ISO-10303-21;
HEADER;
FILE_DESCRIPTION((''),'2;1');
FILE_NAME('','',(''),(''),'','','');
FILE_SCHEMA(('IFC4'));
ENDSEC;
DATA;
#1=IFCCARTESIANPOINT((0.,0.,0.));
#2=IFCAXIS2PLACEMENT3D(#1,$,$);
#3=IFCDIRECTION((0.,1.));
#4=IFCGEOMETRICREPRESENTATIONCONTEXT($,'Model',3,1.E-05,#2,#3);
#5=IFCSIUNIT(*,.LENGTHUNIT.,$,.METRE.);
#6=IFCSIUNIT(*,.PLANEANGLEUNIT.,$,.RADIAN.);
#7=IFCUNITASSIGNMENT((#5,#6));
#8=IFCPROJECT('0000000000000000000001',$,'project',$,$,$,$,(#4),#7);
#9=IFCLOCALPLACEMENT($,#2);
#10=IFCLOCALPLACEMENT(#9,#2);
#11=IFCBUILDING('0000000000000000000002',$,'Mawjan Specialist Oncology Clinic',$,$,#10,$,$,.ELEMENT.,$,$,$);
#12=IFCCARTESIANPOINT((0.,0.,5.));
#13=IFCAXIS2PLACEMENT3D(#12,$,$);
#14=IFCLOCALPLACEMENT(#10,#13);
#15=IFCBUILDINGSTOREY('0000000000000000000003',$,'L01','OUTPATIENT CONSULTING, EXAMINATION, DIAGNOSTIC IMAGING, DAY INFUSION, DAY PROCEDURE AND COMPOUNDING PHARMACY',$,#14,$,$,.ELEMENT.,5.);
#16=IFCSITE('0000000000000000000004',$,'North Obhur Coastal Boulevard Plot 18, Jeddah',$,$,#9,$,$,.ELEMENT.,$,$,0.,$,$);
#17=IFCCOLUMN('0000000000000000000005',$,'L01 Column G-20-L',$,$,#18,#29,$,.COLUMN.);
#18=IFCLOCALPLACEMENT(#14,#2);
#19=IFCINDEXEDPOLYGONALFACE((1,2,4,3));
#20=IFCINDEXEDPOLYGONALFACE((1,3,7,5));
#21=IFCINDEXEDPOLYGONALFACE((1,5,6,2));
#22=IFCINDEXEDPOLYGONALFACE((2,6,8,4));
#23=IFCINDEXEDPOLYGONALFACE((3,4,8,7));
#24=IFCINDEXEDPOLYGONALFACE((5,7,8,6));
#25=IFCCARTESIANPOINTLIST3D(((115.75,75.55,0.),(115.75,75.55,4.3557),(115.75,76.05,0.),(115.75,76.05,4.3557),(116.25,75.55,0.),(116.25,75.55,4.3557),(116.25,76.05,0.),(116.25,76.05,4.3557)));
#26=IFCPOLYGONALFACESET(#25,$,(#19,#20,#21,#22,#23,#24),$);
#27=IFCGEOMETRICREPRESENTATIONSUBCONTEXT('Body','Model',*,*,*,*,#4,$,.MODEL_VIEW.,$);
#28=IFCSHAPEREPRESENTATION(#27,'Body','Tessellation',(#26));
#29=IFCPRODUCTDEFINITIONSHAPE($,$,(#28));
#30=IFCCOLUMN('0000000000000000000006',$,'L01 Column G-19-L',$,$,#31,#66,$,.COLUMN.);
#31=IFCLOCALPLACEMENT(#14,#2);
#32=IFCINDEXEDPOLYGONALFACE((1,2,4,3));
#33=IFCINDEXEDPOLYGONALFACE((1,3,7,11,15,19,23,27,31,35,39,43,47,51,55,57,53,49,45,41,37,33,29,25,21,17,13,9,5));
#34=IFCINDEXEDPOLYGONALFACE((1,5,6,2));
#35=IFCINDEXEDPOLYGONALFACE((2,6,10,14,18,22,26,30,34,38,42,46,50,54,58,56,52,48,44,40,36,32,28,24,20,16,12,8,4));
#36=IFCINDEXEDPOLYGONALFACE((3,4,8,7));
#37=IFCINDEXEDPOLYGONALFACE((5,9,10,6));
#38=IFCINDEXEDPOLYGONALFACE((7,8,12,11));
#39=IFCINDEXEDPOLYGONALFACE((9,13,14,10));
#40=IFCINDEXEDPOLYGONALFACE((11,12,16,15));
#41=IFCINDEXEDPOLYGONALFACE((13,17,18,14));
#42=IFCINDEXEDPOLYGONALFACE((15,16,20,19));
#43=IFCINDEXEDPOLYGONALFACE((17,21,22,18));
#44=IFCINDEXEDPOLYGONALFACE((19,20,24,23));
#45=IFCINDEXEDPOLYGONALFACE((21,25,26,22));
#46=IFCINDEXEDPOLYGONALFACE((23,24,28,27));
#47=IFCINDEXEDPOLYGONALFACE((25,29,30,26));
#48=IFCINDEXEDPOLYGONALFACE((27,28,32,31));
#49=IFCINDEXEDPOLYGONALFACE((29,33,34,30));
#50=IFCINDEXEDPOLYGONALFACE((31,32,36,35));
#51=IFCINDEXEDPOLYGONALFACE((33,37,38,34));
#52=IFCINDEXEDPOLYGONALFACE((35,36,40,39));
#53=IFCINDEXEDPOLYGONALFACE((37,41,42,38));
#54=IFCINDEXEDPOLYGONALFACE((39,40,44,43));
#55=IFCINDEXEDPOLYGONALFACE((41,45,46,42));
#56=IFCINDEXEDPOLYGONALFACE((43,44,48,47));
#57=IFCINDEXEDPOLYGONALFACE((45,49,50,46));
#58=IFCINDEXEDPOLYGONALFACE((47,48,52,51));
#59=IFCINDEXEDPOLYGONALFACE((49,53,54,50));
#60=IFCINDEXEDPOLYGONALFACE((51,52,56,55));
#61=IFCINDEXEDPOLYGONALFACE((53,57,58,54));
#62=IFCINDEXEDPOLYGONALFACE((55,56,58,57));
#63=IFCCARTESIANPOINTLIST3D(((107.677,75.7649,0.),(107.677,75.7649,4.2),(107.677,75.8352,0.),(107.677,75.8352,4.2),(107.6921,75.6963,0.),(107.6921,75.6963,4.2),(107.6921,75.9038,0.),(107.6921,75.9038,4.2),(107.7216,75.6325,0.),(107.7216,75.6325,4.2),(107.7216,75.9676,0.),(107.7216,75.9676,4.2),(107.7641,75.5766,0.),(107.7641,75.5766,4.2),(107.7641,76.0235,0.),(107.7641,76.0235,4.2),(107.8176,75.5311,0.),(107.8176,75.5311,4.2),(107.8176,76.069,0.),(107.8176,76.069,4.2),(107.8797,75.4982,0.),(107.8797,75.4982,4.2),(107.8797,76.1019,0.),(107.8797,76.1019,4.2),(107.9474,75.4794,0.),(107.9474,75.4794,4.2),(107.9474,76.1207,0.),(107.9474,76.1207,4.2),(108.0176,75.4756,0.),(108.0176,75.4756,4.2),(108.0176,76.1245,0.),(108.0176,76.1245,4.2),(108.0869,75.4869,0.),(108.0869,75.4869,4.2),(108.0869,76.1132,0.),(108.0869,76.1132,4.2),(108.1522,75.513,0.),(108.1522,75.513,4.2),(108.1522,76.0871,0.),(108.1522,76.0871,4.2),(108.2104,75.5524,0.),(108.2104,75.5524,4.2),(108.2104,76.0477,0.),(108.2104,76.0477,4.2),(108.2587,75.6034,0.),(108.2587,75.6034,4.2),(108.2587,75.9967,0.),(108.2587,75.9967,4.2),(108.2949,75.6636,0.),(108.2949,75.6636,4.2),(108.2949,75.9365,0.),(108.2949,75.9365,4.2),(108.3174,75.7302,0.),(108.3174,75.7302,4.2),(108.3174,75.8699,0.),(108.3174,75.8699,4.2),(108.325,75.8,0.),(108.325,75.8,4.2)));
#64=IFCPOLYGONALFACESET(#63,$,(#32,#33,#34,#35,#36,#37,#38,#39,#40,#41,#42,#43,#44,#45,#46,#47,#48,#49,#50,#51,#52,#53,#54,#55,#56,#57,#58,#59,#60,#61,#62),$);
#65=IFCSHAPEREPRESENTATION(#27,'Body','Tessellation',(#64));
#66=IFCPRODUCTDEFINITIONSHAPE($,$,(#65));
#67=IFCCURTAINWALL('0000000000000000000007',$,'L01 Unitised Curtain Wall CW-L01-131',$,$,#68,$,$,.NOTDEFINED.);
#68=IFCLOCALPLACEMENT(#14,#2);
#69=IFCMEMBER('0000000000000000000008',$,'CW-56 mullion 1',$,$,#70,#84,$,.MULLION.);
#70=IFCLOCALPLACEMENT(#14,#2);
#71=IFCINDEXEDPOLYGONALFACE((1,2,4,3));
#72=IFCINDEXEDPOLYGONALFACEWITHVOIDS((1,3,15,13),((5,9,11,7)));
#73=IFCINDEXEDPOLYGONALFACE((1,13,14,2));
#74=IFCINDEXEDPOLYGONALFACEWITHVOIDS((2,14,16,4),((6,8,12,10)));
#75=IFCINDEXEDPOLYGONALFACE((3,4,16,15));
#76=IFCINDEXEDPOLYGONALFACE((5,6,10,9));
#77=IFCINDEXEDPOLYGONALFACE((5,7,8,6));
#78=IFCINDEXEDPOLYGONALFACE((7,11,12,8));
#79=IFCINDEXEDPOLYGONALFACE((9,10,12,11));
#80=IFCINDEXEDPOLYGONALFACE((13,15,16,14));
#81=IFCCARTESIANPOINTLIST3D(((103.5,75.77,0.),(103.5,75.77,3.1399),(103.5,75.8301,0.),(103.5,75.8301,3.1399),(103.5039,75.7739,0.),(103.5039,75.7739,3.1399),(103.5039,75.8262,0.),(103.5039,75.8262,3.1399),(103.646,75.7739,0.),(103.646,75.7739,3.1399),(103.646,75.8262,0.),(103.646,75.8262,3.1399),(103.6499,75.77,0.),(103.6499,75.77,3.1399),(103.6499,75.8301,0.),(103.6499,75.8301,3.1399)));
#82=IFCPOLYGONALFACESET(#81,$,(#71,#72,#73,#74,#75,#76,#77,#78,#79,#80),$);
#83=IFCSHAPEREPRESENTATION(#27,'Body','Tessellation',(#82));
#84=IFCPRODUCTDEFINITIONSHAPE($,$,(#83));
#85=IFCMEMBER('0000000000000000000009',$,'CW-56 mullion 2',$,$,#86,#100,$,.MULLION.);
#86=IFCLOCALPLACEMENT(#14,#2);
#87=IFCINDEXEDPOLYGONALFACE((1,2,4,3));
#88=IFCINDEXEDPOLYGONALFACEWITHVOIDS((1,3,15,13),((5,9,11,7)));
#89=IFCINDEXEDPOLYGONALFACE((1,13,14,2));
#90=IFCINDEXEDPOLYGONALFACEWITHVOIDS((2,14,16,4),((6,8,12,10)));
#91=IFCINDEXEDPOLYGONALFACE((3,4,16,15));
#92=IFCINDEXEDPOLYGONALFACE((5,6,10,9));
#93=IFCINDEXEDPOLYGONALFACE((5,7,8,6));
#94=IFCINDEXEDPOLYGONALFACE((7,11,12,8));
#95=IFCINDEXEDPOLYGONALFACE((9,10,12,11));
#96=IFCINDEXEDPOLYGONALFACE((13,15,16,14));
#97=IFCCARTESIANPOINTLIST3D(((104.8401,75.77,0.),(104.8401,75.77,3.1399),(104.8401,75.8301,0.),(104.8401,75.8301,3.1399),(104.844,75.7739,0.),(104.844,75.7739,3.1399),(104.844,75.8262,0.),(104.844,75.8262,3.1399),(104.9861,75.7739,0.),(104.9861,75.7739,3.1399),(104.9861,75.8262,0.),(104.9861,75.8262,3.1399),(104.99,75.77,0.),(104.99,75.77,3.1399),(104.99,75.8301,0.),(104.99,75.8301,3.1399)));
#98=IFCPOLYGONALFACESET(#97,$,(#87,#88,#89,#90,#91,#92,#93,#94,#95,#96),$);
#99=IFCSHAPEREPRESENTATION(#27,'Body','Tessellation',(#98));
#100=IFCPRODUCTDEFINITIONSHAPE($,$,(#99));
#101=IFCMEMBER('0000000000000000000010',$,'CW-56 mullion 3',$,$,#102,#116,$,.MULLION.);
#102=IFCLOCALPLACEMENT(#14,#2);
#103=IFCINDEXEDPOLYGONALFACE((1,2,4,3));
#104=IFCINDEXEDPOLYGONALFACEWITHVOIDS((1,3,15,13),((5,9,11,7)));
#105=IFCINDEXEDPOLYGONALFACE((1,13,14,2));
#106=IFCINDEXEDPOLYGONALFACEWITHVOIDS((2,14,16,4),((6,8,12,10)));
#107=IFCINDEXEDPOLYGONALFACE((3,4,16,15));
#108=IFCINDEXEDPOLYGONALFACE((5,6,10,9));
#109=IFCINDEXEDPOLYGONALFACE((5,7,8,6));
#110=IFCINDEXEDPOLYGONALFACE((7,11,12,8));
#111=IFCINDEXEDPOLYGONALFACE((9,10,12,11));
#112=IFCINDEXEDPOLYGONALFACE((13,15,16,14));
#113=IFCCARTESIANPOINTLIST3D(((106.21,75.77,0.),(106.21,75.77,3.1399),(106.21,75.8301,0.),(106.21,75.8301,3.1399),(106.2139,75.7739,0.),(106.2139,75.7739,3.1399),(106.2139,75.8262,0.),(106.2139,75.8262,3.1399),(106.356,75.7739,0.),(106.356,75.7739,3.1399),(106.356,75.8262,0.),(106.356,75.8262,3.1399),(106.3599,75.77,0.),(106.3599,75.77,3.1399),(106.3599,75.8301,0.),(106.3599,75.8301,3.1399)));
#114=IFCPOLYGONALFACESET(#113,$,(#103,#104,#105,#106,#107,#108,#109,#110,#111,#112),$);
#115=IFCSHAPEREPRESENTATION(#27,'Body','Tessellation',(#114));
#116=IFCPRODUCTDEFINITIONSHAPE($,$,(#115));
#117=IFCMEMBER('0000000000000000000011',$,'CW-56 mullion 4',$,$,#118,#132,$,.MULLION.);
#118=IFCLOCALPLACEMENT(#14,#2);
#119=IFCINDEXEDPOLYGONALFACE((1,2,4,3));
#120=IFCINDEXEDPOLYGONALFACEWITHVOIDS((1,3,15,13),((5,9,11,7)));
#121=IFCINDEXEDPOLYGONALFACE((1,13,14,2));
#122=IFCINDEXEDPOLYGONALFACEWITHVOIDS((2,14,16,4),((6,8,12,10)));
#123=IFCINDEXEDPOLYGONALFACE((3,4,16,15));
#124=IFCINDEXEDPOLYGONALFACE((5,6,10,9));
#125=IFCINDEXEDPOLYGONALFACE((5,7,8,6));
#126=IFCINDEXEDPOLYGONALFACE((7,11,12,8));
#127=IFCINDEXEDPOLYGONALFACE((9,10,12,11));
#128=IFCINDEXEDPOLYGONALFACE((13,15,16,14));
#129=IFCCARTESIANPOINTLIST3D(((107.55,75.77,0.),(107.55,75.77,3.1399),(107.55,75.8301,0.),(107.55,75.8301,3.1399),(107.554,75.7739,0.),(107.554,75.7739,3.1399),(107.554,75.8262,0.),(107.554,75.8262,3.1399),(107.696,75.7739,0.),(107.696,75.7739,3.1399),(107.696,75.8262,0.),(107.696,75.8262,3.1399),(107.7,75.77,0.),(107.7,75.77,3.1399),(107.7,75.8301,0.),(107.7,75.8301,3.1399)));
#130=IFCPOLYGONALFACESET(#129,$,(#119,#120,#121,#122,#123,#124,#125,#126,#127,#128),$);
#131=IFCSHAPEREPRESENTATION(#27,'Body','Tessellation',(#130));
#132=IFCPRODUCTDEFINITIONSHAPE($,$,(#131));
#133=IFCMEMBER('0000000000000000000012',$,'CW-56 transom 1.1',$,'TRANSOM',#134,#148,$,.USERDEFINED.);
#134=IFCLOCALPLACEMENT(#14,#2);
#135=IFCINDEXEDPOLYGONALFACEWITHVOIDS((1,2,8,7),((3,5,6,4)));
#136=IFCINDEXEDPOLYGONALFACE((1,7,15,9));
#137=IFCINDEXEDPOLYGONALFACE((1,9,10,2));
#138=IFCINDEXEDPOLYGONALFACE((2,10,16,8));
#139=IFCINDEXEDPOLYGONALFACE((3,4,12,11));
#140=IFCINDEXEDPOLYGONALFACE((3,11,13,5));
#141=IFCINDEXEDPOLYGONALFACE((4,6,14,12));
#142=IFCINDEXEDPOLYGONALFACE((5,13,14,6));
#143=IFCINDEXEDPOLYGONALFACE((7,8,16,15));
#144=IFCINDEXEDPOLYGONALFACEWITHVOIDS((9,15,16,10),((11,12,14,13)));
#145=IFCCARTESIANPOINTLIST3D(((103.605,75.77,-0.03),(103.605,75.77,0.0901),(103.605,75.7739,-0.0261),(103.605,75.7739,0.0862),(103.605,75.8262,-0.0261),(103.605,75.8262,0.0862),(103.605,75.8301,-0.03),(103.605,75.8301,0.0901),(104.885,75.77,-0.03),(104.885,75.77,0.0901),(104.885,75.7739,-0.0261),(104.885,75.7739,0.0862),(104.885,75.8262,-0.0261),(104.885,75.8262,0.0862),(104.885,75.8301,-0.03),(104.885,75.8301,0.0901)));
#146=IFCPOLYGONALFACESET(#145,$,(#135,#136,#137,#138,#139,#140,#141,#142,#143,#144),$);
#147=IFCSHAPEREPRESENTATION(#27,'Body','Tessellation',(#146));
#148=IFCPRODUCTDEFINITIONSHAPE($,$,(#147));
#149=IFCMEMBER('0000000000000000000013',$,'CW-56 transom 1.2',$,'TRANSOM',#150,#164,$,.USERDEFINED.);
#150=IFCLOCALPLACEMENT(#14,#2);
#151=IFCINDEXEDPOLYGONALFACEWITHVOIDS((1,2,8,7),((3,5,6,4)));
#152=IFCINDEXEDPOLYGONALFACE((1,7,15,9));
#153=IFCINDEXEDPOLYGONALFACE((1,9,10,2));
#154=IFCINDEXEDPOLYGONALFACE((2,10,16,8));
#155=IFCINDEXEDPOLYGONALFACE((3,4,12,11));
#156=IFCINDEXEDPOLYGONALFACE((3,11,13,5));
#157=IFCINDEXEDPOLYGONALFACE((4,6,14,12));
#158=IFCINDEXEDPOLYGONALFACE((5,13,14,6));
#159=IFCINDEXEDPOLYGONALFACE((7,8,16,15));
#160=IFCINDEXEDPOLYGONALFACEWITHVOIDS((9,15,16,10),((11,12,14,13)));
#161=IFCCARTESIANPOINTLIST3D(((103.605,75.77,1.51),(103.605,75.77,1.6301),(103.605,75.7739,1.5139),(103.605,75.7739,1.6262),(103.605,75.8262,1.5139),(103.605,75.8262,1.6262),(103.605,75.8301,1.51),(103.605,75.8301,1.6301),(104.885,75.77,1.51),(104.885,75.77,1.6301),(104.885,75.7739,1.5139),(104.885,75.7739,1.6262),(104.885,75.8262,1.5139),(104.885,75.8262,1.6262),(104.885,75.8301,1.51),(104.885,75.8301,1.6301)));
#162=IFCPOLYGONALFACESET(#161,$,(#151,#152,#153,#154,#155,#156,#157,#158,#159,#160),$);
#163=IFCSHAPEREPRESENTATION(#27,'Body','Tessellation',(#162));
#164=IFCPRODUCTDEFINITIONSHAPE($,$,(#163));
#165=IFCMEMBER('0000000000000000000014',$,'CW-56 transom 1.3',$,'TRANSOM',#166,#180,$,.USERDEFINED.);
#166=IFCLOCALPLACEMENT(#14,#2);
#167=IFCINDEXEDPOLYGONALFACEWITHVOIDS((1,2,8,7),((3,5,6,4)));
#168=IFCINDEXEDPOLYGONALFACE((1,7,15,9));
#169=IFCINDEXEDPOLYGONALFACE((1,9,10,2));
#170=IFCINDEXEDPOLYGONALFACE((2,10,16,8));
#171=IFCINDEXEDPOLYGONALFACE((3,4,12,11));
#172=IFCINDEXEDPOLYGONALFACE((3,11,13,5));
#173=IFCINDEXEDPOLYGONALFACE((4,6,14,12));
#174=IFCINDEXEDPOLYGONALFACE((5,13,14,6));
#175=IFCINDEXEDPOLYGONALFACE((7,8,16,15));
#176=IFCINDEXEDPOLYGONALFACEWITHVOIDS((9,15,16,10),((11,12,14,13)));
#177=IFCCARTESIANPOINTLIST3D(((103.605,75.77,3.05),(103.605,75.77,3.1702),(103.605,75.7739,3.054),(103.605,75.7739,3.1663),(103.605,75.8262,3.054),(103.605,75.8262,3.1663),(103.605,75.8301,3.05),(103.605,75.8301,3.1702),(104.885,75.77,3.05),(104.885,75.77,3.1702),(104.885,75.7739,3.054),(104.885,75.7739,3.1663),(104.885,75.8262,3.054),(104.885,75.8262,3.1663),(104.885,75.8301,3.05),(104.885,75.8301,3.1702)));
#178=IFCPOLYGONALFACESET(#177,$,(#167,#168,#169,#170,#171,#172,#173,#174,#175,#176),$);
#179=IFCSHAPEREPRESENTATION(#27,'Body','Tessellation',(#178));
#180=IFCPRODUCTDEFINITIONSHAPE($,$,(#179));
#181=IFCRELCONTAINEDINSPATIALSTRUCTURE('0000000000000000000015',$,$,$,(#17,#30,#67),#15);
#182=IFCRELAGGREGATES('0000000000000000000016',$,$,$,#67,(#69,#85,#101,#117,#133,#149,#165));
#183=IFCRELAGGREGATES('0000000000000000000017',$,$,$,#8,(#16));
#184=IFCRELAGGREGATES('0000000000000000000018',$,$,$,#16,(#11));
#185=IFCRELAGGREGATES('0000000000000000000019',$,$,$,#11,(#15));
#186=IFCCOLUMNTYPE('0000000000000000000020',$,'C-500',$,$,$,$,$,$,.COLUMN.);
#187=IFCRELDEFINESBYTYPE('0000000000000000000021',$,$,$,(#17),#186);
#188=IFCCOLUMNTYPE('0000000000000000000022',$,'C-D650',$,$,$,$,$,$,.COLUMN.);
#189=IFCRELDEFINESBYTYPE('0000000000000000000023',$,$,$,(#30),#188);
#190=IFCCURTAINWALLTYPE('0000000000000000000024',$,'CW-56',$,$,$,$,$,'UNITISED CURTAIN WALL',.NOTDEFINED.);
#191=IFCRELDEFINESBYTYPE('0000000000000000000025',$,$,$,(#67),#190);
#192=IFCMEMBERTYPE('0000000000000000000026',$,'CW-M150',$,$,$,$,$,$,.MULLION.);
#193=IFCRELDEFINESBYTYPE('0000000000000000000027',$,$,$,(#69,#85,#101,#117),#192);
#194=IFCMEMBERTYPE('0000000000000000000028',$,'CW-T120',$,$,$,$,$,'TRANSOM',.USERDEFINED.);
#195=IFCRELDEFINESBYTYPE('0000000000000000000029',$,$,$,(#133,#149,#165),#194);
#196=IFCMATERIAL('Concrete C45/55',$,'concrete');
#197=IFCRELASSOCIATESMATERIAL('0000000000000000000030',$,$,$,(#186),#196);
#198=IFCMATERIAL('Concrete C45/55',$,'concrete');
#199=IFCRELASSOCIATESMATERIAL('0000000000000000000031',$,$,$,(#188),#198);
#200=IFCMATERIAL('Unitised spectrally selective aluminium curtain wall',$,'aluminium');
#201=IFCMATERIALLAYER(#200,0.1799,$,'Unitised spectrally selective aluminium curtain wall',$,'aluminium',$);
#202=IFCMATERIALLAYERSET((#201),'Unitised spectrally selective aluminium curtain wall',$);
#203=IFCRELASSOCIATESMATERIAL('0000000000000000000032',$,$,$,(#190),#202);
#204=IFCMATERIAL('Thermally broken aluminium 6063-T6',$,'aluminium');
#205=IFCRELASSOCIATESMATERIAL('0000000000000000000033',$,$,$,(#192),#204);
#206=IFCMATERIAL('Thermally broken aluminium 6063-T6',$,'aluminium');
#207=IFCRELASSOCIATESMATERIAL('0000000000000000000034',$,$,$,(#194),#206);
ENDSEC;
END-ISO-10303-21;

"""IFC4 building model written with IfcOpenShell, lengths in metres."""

from ifc_helpers import new_model, si_unit, direction, frame, origin, origin_2d, place, context, subcontext, project, spatial, rectangle, hollow_rectangle, circle, extrude, material, layer, layer_set, material_profile, profile_set, type_object, element, aggregate, save


model = new_model("IFC4")

# Units and contexts
model_context = context("Model", 3, precision=1e-05, world=origin(), true_north=direction((0.0, 1.0)))
body_context = subcontext(model_context, "Body", "Model", "MODEL_VIEW")
ifc_project = project(units=[si_unit("LENGTHUNIT", "METRE"), si_unit("PLANEANGLEUNIT", "RADIAN")], contexts=[model_context])

# Site, building, storey
site_placement = place(None, origin())
site = spatial("IfcSite", under=ifc_project, at=site_placement, Name="North Obhur Coastal Boulevard Plot 18, Jeddah", CompositionType="ELEMENT", RefElevation=0.0)
building_placement = place(site_placement, origin())
building = spatial("IfcBuilding", under=site, at=building_placement, Name="Mawjan Specialist Oncology Clinic", CompositionType="ELEMENT")
storey_placement = place(building_placement, frame((0.0, 0.0, 5.0)))
storey = spatial("IfcBuildingStorey", under=building, at=storey_placement, Name="L01", Description="OUTPATIENT CONSULTING, EXAMINATION, DIAGNOSTIC IMAGING, DAY INFUSION, DAY PROCEDURE AND COMPOUNDING PHARMACY", CompositionType="ELEMENT", Elevation=5.0)

# Columns
ifc_material_1 = material(Name="Concrete C45/55", Category="concrete")
ifc_material_profile_1 = material_profile(ifc_material_1, rectangle(XDim=0.5, YDim=0.5, at=origin_2d()), Name="RC COL 500x500", Category="concrete")
ifc_profile_set_1 = profile_set([ifc_material_profile_1], Name="Concrete C45/55")
column_type_1 = type_object("IfcColumnType", Name="C-500", PredefinedType="COLUMN", material=ifc_profile_set_1)
column_1_placement = place(storey_placement, frame((116.0, 75.8, 0.0), z_axis=(0.0, 0.0, 1.0), x_axis=(1.0, 0.0, 0.0)))
element("IfcColumn", 1, at=column_1_placement, inside=storey, type_object=column_type_1, Name="L01 Column G-20-L", PredefinedType="COLUMN", context=body_context, shape_type="SweptSolid", body=[
    extrude(rectangle(XDim=0.5, YDim=0.5, at=origin_2d()), origin(), (0.0, 0.0, 1.0), 4.3557),
])
ifc_material_2 = material(Name="Concrete C45/55", Category="concrete")
ifc_material_profile_2 = material_profile(ifc_material_2, circle(Radius=0.325, at=origin_2d()), Name="RC COL D650", Category="concrete")
ifc_profile_set_2 = profile_set([ifc_material_profile_2], Name="Concrete C45/55")
column_type_2 = type_object("IfcColumnType", Name="C-D650", PredefinedType="COLUMN", material=ifc_profile_set_2)
column_2_placement = place(storey_placement, frame((108.0, 75.8, 0.0), z_axis=(0.0, 0.0, 1.0), x_axis=(1.0, 0.0, 0.0)))
element("IfcColumn", 2, at=column_2_placement, inside=storey, type_object=column_type_2, Name="L01 Column G-19-L", PredefinedType="COLUMN", context=body_context, shape_type="SweptSolid", body=[
    extrude(circle(Radius=0.325, at=origin_2d()), origin(), (0.0, 0.0, 1.0), 4.2),
])

# Curtain wall, members
ifc_material_3 = material(Name="Unitised spectrally selective aluminium curtain wall", Category="aluminium")
ifc_layer_1 = layer(ifc_material_3, 0.1799, Name="Unitised spectrally selective aluminium curtain wall", Category="aluminium")
ifc_layer_set_1 = layer_set([ifc_layer_1], Name="Unitised spectrally selective aluminium curtain wall")
curtain_wall_type = type_object("IfcCurtainWallType", Name="CW-56", ElementType="UNITISED CURTAIN WALL", PredefinedType="NOTDEFINED", material=ifc_layer_set_1)
curtain_wall_placement = place(storey_placement, origin())
curtain_wall = element("IfcCurtainWall", 3, at=curtain_wall_placement, inside=storey, type_object=curtain_wall_type, Name="L01 Unitised Curtain Wall CW-L01-131", PredefinedType="NOTDEFINED")
ifc_material_4 = material(Name="Thermally broken aluminium 6063-T6", Category="aluminium")
ifc_material_profile_3 = material_profile(ifc_material_4, hollow_rectangle(XDim=0.0601, YDim=0.1499, WallThickness=0.0039, at=origin_2d()), Name="ALU MULLION 150x60x4", Category="aluminium")
ifc_profile_set_3 = profile_set([ifc_material_profile_3], Name="Thermally broken aluminium 6063-T6")
member_type_1 = type_object("IfcMemberType", Name="CW-M150", PredefinedType="MULLION", material=ifc_profile_set_3)
member_1_placement = place(storey_placement, frame((103.575, 75.8, 0.0), z_axis=(0.0, 0.0, 1.0), x_axis=(0.0, 1.0, 0.0)))
member_1 = element("IfcMember", 4, at=member_1_placement, type_object=member_type_1, Name="CW-56 mullion 1", PredefinedType="MULLION", context=body_context, shape_type="SweptSolid", body=[
    extrude(hollow_rectangle(XDim=0.0601, YDim=0.1499, WallThickness=0.0039, at=origin_2d()), origin(), (0.0, 0.0, 1.0), 3.1399),
])
member_2_placement = place(storey_placement, frame((104.915, 75.8, 0.0), z_axis=(0.0, 0.0, 1.0), x_axis=(0.0, 1.0, 0.0)))
member_2 = element("IfcMember", 5, at=member_2_placement, type_object=member_type_1, Name="CW-56 mullion 2", PredefinedType="MULLION", context=body_context, shape_type="SweptSolid", body=[
    extrude(hollow_rectangle(XDim=0.0601, YDim=0.1499, WallThickness=0.0039, at=origin_2d()), origin(), (0.0, 0.0, 1.0), 3.1399),
])
member_3_placement = place(storey_placement, frame((106.2849, 75.8, 0.0), z_axis=(0.0, 0.0, 1.0), x_axis=(0.0, 1.0, 0.0)))
member_3 = element("IfcMember", 6, at=member_3_placement, type_object=member_type_1, Name="CW-56 mullion 3", PredefinedType="MULLION", context=body_context, shape_type="SweptSolid", body=[
    extrude(hollow_rectangle(XDim=0.0601, YDim=0.1499, WallThickness=0.0039, at=origin_2d()), origin(), (0.0, 0.0, 1.0), 3.1399),
])
member_4_placement = place(storey_placement, frame((107.625, 75.8, 0.0), z_axis=(0.0, 0.0, 1.0), x_axis=(0.0, 1.0, 0.0)))
member_4 = element("IfcMember", 7, at=member_4_placement, type_object=member_type_1, Name="CW-56 mullion 4", PredefinedType="MULLION", context=body_context, shape_type="SweptSolid", body=[
    extrude(hollow_rectangle(XDim=0.0601, YDim=0.1499, WallThickness=0.0039, at=origin_2d()), origin(), (0.0, 0.0, 1.0), 3.1399),
])
ifc_material_5 = material(Name="Thermally broken aluminium 6063-T6", Category="aluminium")
ifc_material_profile_4 = material_profile(ifc_material_5, hollow_rectangle(XDim=0.0601, YDim=0.1201, WallThickness=0.0039, at=origin_2d()), Name="ALU TRANSOM 120x60x4", Category="aluminium")
ifc_profile_set_4 = profile_set([ifc_material_profile_4], Name="Thermally broken aluminium 6063-T6")
member_type_2 = type_object("IfcMemberType", Name="CW-T120", ElementType="TRANSOM", PredefinedType="USERDEFINED", material=ifc_profile_set_4)
member_5_placement = place(storey_placement, frame((103.605, 75.8, 0.03), z_axis=(1.0, 0.0, 0.0), x_axis=(0.0, 1.0, 0.0)))
member_5 = element("IfcMember", 8, at=member_5_placement, type_object=member_type_2, Name="CW-56 transom 1.1", ObjectType="TRANSOM", PredefinedType="USERDEFINED", context=body_context, shape_type="SweptSolid", body=[
    extrude(hollow_rectangle(XDim=0.0601, YDim=0.1201, WallThickness=0.0039, at=origin_2d()), origin(), (0.0, 0.0, 1.0), 1.28),
])
member_6_placement = place(storey_placement, frame((103.605, 75.8, 1.5701), z_axis=(1.0, 0.0, 0.0), x_axis=(0.0, 1.0, 0.0)))
member_6 = element("IfcMember", 9, at=member_6_placement, type_object=member_type_2, Name="CW-56 transom 1.2", ObjectType="TRANSOM", PredefinedType="USERDEFINED", context=body_context, shape_type="SweptSolid", body=[
    extrude(hollow_rectangle(XDim=0.0601, YDim=0.1201, WallThickness=0.0039, at=origin_2d()), origin(), (0.0, 0.0, 1.0), 1.28),
])
member_7_placement = place(storey_placement, frame((103.605, 75.8, 3.1101), z_axis=(1.0, 0.0, 0.0), x_axis=(0.0, 1.0, 0.0)))
member_7 = element("IfcMember", 10, at=member_7_placement, type_object=member_type_2, Name="CW-56 transom 1.3", ObjectType="TRANSOM", PredefinedType="USERDEFINED", context=body_context, shape_type="SweptSolid", body=[
    extrude(hollow_rectangle(XDim=0.0601, YDim=0.1201, WallThickness=0.0039, at=origin_2d()), origin(), (0.0, 0.0, 1.0), 1.28),
])

aggregate(curtain_wall, [member_1, member_2, member_3, member_4, member_5, member_6, member_7])

save(model, "model.ifc")
